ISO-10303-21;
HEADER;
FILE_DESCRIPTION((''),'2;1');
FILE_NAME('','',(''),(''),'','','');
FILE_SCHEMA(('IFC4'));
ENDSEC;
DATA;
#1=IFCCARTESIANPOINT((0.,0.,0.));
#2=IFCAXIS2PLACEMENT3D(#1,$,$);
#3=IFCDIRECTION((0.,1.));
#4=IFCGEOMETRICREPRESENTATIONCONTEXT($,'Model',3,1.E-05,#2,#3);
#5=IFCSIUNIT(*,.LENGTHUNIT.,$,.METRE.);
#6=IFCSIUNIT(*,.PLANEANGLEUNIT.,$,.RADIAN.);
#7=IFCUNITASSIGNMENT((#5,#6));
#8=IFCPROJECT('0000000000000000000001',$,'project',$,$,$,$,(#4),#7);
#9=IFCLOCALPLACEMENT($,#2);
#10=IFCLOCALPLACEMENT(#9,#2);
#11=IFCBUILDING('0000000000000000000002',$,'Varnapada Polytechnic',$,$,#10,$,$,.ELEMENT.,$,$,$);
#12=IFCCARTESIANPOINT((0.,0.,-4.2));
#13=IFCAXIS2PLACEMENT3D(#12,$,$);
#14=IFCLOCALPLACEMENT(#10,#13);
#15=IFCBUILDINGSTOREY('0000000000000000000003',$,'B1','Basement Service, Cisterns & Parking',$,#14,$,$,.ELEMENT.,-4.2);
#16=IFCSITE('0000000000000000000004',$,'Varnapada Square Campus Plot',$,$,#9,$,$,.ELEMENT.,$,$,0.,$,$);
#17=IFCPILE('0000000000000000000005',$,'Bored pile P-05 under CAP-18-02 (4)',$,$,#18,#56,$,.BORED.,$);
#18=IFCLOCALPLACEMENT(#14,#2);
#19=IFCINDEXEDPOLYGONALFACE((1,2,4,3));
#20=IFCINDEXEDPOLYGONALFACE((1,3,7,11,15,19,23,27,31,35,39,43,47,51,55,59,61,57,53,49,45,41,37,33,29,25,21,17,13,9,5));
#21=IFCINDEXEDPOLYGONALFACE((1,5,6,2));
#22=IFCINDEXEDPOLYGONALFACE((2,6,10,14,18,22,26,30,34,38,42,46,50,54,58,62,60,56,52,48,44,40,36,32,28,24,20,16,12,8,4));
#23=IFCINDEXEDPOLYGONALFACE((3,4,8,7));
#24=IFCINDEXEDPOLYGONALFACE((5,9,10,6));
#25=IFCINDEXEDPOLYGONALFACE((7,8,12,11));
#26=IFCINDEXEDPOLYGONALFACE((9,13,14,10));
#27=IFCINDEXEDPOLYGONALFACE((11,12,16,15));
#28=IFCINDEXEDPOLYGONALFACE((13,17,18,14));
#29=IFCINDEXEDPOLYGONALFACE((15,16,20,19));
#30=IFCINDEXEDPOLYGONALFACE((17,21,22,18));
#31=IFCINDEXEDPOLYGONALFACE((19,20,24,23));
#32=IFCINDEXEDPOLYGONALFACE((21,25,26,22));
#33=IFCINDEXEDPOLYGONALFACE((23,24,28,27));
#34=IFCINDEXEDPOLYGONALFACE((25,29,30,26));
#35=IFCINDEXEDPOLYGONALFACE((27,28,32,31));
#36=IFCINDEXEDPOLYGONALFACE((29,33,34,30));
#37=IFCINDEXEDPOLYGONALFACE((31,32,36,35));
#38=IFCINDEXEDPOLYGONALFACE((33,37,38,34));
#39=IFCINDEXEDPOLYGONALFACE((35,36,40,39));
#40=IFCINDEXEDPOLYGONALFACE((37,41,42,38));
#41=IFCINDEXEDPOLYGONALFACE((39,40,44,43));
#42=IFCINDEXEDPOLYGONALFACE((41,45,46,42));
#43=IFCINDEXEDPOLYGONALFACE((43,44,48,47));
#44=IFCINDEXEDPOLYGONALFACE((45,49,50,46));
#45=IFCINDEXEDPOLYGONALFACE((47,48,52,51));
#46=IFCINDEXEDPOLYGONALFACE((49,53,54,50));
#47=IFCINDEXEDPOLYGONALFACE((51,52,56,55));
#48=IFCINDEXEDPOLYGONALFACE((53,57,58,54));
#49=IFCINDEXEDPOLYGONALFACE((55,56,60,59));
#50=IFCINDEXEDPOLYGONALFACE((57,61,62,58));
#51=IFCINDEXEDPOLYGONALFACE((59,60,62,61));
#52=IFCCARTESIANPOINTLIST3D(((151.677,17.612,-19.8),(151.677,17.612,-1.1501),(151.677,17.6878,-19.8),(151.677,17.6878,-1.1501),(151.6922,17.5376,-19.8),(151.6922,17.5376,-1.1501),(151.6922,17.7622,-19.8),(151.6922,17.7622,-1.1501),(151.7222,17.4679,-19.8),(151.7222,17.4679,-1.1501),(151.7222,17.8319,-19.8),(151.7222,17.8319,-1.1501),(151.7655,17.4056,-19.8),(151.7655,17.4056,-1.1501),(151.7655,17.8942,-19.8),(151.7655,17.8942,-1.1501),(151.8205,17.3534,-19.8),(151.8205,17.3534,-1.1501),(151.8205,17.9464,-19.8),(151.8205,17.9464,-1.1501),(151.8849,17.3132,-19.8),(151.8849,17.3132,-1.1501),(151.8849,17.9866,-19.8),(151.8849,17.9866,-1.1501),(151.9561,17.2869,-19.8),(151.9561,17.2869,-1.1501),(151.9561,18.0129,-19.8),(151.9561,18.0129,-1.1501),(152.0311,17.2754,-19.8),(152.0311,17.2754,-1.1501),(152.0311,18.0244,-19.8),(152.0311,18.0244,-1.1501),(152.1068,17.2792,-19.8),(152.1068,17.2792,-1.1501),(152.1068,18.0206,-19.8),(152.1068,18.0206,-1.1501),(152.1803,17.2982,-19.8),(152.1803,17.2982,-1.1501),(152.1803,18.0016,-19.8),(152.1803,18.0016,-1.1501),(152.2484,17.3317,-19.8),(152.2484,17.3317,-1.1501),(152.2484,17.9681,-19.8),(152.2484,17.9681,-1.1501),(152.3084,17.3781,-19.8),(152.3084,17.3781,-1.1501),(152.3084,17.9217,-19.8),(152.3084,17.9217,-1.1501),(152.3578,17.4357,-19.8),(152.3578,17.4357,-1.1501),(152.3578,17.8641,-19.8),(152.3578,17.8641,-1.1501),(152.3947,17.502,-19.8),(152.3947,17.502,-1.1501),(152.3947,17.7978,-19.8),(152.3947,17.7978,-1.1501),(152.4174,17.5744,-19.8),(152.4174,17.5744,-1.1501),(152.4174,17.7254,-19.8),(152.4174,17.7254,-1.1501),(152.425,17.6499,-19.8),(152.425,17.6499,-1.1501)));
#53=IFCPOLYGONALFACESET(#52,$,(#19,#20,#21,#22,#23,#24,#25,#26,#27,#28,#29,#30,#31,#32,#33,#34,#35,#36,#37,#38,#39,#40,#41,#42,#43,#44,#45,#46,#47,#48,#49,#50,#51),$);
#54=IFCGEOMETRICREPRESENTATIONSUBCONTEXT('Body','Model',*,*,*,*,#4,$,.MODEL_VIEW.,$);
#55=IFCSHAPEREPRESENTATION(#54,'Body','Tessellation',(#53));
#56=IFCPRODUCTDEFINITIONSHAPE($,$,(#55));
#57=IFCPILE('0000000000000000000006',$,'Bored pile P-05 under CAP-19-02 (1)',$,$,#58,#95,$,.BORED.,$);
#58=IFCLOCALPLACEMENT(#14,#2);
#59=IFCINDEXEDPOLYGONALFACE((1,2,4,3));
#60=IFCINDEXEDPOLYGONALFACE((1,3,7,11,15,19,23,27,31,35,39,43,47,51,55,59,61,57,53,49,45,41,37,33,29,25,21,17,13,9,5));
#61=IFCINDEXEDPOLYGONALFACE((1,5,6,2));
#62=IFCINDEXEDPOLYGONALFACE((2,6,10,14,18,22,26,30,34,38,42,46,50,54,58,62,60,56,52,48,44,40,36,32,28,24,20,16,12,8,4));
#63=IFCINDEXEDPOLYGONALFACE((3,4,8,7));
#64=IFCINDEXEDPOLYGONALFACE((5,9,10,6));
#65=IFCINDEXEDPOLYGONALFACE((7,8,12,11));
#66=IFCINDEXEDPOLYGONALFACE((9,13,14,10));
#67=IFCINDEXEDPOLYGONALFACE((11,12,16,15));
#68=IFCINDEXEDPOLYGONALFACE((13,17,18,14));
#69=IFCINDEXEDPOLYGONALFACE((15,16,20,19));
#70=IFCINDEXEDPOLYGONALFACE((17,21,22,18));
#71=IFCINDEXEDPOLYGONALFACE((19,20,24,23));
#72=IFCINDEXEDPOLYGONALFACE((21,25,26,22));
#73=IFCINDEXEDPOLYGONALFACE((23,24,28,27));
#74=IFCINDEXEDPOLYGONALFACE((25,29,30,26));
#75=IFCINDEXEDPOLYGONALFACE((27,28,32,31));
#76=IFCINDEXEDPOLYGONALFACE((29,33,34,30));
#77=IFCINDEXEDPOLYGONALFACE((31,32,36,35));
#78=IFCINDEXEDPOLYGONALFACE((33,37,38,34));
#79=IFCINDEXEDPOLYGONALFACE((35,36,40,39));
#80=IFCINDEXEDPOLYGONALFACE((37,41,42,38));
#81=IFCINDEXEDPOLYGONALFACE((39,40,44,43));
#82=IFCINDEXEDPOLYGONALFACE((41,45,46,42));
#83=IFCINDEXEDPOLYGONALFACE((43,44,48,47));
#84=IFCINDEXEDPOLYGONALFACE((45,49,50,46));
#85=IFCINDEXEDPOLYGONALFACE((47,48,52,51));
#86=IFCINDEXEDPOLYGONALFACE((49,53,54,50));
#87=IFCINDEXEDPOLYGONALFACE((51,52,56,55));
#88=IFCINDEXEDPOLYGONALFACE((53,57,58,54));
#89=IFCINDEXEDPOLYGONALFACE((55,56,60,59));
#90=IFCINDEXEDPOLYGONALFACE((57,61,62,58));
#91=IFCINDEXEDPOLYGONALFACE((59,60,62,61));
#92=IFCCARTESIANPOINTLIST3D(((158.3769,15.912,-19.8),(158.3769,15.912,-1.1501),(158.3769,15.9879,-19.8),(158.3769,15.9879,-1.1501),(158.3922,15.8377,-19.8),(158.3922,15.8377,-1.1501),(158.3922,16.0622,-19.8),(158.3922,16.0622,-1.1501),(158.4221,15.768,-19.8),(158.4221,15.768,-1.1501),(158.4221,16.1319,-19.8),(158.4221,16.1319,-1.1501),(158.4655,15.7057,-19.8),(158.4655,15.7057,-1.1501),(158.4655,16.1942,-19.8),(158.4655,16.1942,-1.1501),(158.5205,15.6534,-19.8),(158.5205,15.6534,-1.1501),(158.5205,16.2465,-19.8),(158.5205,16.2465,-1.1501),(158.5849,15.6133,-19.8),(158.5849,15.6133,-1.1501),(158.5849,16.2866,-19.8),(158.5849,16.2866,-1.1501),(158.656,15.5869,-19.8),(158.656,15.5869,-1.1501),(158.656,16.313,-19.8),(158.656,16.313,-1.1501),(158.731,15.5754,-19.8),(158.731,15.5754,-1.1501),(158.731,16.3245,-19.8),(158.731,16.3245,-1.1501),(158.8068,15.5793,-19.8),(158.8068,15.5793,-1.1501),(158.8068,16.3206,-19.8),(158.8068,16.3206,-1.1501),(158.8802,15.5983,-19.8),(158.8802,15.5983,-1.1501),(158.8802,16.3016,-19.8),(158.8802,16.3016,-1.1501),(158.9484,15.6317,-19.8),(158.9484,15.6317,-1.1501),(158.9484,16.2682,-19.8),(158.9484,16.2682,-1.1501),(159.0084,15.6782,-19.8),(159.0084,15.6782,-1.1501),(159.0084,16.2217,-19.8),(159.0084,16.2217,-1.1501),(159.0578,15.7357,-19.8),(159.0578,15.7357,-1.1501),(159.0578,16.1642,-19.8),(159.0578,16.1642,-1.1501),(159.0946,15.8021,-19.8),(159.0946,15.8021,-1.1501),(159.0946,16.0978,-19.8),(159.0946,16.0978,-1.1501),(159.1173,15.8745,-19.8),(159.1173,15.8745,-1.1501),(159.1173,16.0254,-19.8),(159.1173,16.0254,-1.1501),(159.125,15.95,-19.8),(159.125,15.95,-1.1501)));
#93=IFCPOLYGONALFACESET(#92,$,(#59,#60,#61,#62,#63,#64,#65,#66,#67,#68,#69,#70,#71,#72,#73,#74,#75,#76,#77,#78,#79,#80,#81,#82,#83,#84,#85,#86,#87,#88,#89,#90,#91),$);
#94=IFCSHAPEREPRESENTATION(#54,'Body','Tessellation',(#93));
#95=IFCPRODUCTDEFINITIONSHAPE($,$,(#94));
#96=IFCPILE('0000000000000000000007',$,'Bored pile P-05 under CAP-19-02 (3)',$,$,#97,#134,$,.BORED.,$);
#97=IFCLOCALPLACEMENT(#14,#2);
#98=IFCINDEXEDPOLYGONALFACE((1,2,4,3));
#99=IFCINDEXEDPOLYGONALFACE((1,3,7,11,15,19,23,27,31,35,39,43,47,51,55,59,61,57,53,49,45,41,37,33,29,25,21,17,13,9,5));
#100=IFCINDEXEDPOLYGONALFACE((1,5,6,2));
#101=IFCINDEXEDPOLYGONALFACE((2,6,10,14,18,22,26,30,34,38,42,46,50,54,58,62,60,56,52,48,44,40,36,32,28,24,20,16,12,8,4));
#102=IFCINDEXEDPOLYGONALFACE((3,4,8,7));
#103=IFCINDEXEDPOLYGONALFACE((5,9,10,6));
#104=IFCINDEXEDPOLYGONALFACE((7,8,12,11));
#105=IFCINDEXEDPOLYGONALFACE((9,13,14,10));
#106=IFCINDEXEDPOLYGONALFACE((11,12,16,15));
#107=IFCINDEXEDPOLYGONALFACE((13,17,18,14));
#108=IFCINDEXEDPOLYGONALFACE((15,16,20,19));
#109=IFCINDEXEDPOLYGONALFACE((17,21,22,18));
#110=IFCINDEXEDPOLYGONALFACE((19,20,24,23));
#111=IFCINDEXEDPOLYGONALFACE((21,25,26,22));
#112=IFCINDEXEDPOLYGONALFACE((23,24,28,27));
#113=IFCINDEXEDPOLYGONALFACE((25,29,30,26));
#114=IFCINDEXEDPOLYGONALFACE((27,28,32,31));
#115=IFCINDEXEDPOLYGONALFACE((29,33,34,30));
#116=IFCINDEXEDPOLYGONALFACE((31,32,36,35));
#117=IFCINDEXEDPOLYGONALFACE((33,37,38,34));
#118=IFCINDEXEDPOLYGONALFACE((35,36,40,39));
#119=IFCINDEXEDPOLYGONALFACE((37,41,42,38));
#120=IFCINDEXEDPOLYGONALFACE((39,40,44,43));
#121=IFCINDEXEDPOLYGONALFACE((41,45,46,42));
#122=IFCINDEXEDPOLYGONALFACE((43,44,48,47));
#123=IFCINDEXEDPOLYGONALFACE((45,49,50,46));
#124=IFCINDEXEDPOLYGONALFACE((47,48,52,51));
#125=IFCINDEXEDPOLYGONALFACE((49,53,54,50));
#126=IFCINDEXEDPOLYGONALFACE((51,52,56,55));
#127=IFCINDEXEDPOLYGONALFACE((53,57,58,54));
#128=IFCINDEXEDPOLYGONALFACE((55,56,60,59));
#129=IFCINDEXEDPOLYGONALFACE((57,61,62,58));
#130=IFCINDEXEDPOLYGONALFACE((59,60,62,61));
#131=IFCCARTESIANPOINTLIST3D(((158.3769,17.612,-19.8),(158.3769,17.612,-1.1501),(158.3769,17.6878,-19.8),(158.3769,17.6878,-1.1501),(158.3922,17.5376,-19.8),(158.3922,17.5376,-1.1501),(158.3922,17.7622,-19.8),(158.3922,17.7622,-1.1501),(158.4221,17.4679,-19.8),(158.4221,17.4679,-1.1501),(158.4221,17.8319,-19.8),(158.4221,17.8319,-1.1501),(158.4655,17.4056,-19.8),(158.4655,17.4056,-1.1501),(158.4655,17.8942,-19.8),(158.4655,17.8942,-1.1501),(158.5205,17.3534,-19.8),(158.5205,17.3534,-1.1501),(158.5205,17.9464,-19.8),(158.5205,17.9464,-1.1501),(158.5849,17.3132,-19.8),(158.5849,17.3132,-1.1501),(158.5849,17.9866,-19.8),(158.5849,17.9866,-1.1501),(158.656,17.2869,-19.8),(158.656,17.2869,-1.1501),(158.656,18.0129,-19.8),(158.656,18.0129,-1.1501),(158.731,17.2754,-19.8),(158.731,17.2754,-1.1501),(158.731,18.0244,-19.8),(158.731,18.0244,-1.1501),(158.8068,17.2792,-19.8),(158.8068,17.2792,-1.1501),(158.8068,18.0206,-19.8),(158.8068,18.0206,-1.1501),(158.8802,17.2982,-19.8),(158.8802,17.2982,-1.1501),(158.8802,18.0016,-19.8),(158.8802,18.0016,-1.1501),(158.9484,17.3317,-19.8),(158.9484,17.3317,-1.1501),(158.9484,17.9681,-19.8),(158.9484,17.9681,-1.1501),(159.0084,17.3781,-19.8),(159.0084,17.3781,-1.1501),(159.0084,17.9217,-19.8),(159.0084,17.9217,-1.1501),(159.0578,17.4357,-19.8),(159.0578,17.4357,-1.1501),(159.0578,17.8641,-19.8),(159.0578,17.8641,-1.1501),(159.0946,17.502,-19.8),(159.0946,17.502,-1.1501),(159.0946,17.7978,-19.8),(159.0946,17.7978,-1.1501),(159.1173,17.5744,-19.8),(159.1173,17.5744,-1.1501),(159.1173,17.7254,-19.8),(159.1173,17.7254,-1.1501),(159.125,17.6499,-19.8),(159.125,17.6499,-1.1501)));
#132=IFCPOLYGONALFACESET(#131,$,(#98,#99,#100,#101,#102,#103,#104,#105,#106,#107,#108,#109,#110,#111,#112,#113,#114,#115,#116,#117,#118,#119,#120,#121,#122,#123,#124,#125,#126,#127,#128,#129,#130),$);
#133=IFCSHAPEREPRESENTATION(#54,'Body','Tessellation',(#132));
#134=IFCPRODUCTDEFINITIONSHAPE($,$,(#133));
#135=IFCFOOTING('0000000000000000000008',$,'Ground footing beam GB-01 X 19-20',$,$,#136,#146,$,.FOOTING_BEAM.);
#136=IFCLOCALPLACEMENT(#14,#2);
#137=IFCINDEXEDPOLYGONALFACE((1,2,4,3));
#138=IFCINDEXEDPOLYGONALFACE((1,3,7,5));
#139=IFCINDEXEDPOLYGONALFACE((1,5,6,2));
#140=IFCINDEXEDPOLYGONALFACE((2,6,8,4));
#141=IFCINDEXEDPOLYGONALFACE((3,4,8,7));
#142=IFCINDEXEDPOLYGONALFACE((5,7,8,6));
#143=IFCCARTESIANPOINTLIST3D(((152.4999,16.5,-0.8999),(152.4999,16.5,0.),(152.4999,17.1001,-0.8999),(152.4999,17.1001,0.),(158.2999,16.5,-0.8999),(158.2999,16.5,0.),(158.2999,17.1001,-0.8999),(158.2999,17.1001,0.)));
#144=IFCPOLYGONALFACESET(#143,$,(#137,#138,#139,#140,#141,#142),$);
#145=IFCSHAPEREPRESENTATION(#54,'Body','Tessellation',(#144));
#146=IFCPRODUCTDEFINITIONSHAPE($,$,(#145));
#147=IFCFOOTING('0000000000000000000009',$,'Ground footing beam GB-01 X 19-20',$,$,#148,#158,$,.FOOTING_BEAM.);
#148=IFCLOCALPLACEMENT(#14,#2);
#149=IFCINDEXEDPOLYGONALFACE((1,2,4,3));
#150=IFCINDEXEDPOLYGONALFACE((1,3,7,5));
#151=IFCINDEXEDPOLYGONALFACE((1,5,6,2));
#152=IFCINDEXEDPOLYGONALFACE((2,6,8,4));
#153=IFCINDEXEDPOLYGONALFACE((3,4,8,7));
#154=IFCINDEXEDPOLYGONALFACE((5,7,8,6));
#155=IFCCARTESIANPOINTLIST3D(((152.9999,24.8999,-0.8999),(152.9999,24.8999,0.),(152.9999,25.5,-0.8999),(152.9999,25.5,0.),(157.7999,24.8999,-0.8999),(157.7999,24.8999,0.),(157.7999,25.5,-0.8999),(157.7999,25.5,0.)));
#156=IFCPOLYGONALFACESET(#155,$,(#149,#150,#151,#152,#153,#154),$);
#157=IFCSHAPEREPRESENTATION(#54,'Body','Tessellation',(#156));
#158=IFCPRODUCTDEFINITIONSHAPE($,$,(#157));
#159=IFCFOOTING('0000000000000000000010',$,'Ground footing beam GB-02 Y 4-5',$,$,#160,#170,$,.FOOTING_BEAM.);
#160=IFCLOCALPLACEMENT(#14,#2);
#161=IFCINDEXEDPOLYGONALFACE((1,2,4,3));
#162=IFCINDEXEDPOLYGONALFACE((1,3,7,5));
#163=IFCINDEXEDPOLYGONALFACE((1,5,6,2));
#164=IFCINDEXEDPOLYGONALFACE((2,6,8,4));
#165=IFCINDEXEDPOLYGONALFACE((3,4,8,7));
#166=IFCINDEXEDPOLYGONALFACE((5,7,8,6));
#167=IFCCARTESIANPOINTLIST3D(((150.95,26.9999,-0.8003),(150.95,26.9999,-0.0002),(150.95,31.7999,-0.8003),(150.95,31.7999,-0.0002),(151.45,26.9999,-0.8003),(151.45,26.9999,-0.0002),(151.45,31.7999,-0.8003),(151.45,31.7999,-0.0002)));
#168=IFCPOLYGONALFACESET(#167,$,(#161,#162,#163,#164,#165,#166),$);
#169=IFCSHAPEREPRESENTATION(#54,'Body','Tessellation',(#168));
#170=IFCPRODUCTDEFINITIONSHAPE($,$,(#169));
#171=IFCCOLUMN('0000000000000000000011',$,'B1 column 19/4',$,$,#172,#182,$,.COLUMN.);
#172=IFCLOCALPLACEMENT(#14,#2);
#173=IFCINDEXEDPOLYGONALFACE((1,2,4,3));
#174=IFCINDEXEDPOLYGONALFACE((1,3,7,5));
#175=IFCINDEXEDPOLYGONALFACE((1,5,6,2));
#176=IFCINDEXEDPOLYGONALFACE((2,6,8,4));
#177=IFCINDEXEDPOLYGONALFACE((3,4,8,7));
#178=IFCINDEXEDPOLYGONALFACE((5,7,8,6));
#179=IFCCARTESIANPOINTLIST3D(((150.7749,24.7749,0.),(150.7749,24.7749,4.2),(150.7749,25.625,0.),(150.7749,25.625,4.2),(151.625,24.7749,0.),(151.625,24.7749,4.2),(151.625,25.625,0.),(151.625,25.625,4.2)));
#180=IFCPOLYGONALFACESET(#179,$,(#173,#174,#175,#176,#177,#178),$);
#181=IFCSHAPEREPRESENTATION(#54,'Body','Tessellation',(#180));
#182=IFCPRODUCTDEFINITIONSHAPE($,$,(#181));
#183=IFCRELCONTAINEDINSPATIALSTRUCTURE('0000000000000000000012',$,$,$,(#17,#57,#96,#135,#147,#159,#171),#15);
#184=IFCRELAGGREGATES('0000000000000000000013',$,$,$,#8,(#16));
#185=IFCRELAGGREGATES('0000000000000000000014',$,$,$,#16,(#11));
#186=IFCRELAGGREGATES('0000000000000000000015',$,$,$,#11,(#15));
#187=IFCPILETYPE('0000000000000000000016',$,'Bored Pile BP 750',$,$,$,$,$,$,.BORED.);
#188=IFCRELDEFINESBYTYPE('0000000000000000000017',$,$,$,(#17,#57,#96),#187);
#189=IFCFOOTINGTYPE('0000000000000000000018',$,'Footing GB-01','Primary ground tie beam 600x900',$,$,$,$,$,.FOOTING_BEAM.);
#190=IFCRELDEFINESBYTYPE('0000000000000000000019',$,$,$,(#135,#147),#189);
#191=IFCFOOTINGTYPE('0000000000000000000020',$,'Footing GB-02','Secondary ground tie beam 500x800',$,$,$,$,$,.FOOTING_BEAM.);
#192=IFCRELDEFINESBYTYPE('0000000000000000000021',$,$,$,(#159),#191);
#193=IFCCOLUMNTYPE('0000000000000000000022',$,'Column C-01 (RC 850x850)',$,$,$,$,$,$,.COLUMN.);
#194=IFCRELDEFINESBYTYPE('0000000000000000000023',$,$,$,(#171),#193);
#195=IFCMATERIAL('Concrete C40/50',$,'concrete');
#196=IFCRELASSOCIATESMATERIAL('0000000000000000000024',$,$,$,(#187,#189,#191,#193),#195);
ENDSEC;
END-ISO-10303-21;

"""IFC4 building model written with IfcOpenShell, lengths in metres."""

from ifc_helpers import new_model, si_unit, direction, frame, origin, origin_2d, place, context, subcontext, project, spatial, rectangle, circle, extrude, material, material_profile, profile_set, type_object, element, save


model = new_model("IFC4")

# Units and contexts
model_context = context("Model", 3, precision=1e-05, world=origin(), true_north=direction((0.0, 1.0)))
body_context = subcontext(model_context, "Body", "Model", "MODEL_VIEW")
ifc_project = project(units=[si_unit("LENGTHUNIT", "METRE"), si_unit("PLANEANGLEUNIT", "RADIAN")], contexts=[model_context])

# Site, building, storey
site_placement = place(None, origin())
site = spatial("IfcSite", under=ifc_project, at=site_placement, Name="Varnapada Square Campus Plot", CompositionType="ELEMENT", RefElevation=0.0)
building_placement = place(site_placement, origin())
building = spatial("IfcBuilding", under=site, at=building_placement, Name="Varnapada Polytechnic", CompositionType="ELEMENT")
storey_placement = place(building_placement, frame((0.0, 0.0, -4.2)))
storey = spatial("IfcBuildingStorey", under=building, at=storey_placement, Name="B1", Description="Basement Service, Cisterns & Parking", CompositionType="ELEMENT", Elevation=-4.2)

# Piles
ifc_material_1 = material(Name="Concrete C40/50", Category="concrete")
ifc_material_profile_1 = material_profile(ifc_material_1, circle(Radius=0.375, at=origin_2d()), Name="BP 750")
ifc_profile_set_1 = profile_set([ifc_material_profile_1], Name="Concrete C40/50")
pile_type_1 = type_object("IfcPileType", Name="Bored Pile BP 750", PredefinedType="BORED", material=ifc_profile_set_1)
for number, where, z_axis, x_axis, name in (
    (1, (152.05, 17.6499, -1.1501), (0.0, 0.0, -1.0), (1.0, 0.0, 0.0), "Bored pile P-05 under CAP-18-02 (4)"),
    (2, (158.75, 15.95, -1.1501), (0.0, 0.0, -1.0), (1.0, 0.0, 0.0), "Bored pile P-05 under CAP-19-02 (1)"),
    (3, (158.75, 17.6499, -1.1501), (0.0, 0.0, -1.0), (1.0, 0.0, 0.0), "Bored pile P-05 under CAP-19-02 (3)"),
):
    element("IfcPile", number, at=place(storey_placement, frame(where, z_axis=z_axis, x_axis=x_axis)), inside=storey, type_object=pile_type_1, Name=name, PredefinedType="BORED", context=body_context, shape_type="SweptSolid", body=[
        extrude(circle(Radius=0.375, at=origin_2d()), origin(), (0.0, 0.0, 1.0), 18.6499),
    ])

# Footings
footing_type_1 = type_object("IfcFootingType", Name="Footing GB-01", Description="Primary ground tie beam 600x900", PredefinedType="FOOTING_BEAM", material=ifc_material_1)
footing_1_placement = place(storey_placement, frame((155.3999, 16.8, -0.8999), z_axis=(0.0, 0.0, 1.0), x_axis=(1.0, 0.0, 0.0)))
element("IfcFooting", 4, at=footing_1_placement, inside=storey, type_object=footing_type_1, Name="Ground footing beam GB-01 X 19-20", PredefinedType="FOOTING_BEAM", context=body_context, shape_type="SweptSolid", body=[
    extrude(rectangle(XDim=5.8, YDim=0.6001, at=origin_2d()), origin(), (0.0, 0.0, 1.0), 0.8999),
])
footing_2_placement = place(storey_placement, frame((155.3999, 25.2, -0.8999), z_axis=(0.0, 0.0, 1.0), x_axis=(1.0, 0.0, 0.0)))
element("IfcFooting", 5, at=footing_2_placement, inside=storey, type_object=footing_type_1, Name="Ground footing beam GB-01 X 19-20", PredefinedType="FOOTING_BEAM", context=body_context, shape_type="SweptSolid", body=[
    extrude(rectangle(XDim=4.8, YDim=0.6001, at=origin_2d()), origin(), (0.0, 0.0, 1.0), 0.8999),
])
footing_type_2 = type_object("IfcFootingType", Name="Footing GB-02", Description="Secondary ground tie beam 500x800", PredefinedType="FOOTING_BEAM", material=ifc_material_1)
footing_3_placement = place(storey_placement, frame((151.2, 29.3999, -0.8003), z_axis=(0.0, 0.0, 1.0), x_axis=(0.0, 1.0, 0.0)))
element("IfcFooting", 6, at=footing_3_placement, inside=storey, type_object=footing_type_2, Name="Ground footing beam GB-02 Y 4-5", PredefinedType="FOOTING_BEAM", context=body_context, shape_type="SweptSolid", body=[
    extrude(rectangle(XDim=4.8, YDim=0.5, at=origin_2d()), origin(), (0.0, 0.0, 1.0), 0.8),
])

# Column
ifc_material_profile_2 = material_profile(ifc_material_1, rectangle(XDim=0.8501, YDim=0.8501, at=origin_2d()), Name="RC 850x850")
ifc_profile_set_2 = profile_set([ifc_material_profile_2], Name="Concrete C40/50")
column_type = type_object("IfcColumnType", Name="Column C-01 (RC 850x850)", PredefinedType="COLUMN", material=ifc_profile_set_2)
column_placement = place(storey_placement, frame((151.2, 25.2, 0.0), z_axis=(0.0, 0.0, 1.0), x_axis=(1.0, 0.0, 0.0)))
element("IfcColumn", 7, at=column_placement, inside=storey, type_object=column_type, Name="B1 column 19/4", PredefinedType="COLUMN", context=body_context, shape_type="SweptSolid", body=[
    extrude(rectangle(XDim=0.8501, YDim=0.8501, at=origin_2d()), origin(), (0.0, 0.0, 1.0), 4.2),
])

save(model, "model.ifc")
